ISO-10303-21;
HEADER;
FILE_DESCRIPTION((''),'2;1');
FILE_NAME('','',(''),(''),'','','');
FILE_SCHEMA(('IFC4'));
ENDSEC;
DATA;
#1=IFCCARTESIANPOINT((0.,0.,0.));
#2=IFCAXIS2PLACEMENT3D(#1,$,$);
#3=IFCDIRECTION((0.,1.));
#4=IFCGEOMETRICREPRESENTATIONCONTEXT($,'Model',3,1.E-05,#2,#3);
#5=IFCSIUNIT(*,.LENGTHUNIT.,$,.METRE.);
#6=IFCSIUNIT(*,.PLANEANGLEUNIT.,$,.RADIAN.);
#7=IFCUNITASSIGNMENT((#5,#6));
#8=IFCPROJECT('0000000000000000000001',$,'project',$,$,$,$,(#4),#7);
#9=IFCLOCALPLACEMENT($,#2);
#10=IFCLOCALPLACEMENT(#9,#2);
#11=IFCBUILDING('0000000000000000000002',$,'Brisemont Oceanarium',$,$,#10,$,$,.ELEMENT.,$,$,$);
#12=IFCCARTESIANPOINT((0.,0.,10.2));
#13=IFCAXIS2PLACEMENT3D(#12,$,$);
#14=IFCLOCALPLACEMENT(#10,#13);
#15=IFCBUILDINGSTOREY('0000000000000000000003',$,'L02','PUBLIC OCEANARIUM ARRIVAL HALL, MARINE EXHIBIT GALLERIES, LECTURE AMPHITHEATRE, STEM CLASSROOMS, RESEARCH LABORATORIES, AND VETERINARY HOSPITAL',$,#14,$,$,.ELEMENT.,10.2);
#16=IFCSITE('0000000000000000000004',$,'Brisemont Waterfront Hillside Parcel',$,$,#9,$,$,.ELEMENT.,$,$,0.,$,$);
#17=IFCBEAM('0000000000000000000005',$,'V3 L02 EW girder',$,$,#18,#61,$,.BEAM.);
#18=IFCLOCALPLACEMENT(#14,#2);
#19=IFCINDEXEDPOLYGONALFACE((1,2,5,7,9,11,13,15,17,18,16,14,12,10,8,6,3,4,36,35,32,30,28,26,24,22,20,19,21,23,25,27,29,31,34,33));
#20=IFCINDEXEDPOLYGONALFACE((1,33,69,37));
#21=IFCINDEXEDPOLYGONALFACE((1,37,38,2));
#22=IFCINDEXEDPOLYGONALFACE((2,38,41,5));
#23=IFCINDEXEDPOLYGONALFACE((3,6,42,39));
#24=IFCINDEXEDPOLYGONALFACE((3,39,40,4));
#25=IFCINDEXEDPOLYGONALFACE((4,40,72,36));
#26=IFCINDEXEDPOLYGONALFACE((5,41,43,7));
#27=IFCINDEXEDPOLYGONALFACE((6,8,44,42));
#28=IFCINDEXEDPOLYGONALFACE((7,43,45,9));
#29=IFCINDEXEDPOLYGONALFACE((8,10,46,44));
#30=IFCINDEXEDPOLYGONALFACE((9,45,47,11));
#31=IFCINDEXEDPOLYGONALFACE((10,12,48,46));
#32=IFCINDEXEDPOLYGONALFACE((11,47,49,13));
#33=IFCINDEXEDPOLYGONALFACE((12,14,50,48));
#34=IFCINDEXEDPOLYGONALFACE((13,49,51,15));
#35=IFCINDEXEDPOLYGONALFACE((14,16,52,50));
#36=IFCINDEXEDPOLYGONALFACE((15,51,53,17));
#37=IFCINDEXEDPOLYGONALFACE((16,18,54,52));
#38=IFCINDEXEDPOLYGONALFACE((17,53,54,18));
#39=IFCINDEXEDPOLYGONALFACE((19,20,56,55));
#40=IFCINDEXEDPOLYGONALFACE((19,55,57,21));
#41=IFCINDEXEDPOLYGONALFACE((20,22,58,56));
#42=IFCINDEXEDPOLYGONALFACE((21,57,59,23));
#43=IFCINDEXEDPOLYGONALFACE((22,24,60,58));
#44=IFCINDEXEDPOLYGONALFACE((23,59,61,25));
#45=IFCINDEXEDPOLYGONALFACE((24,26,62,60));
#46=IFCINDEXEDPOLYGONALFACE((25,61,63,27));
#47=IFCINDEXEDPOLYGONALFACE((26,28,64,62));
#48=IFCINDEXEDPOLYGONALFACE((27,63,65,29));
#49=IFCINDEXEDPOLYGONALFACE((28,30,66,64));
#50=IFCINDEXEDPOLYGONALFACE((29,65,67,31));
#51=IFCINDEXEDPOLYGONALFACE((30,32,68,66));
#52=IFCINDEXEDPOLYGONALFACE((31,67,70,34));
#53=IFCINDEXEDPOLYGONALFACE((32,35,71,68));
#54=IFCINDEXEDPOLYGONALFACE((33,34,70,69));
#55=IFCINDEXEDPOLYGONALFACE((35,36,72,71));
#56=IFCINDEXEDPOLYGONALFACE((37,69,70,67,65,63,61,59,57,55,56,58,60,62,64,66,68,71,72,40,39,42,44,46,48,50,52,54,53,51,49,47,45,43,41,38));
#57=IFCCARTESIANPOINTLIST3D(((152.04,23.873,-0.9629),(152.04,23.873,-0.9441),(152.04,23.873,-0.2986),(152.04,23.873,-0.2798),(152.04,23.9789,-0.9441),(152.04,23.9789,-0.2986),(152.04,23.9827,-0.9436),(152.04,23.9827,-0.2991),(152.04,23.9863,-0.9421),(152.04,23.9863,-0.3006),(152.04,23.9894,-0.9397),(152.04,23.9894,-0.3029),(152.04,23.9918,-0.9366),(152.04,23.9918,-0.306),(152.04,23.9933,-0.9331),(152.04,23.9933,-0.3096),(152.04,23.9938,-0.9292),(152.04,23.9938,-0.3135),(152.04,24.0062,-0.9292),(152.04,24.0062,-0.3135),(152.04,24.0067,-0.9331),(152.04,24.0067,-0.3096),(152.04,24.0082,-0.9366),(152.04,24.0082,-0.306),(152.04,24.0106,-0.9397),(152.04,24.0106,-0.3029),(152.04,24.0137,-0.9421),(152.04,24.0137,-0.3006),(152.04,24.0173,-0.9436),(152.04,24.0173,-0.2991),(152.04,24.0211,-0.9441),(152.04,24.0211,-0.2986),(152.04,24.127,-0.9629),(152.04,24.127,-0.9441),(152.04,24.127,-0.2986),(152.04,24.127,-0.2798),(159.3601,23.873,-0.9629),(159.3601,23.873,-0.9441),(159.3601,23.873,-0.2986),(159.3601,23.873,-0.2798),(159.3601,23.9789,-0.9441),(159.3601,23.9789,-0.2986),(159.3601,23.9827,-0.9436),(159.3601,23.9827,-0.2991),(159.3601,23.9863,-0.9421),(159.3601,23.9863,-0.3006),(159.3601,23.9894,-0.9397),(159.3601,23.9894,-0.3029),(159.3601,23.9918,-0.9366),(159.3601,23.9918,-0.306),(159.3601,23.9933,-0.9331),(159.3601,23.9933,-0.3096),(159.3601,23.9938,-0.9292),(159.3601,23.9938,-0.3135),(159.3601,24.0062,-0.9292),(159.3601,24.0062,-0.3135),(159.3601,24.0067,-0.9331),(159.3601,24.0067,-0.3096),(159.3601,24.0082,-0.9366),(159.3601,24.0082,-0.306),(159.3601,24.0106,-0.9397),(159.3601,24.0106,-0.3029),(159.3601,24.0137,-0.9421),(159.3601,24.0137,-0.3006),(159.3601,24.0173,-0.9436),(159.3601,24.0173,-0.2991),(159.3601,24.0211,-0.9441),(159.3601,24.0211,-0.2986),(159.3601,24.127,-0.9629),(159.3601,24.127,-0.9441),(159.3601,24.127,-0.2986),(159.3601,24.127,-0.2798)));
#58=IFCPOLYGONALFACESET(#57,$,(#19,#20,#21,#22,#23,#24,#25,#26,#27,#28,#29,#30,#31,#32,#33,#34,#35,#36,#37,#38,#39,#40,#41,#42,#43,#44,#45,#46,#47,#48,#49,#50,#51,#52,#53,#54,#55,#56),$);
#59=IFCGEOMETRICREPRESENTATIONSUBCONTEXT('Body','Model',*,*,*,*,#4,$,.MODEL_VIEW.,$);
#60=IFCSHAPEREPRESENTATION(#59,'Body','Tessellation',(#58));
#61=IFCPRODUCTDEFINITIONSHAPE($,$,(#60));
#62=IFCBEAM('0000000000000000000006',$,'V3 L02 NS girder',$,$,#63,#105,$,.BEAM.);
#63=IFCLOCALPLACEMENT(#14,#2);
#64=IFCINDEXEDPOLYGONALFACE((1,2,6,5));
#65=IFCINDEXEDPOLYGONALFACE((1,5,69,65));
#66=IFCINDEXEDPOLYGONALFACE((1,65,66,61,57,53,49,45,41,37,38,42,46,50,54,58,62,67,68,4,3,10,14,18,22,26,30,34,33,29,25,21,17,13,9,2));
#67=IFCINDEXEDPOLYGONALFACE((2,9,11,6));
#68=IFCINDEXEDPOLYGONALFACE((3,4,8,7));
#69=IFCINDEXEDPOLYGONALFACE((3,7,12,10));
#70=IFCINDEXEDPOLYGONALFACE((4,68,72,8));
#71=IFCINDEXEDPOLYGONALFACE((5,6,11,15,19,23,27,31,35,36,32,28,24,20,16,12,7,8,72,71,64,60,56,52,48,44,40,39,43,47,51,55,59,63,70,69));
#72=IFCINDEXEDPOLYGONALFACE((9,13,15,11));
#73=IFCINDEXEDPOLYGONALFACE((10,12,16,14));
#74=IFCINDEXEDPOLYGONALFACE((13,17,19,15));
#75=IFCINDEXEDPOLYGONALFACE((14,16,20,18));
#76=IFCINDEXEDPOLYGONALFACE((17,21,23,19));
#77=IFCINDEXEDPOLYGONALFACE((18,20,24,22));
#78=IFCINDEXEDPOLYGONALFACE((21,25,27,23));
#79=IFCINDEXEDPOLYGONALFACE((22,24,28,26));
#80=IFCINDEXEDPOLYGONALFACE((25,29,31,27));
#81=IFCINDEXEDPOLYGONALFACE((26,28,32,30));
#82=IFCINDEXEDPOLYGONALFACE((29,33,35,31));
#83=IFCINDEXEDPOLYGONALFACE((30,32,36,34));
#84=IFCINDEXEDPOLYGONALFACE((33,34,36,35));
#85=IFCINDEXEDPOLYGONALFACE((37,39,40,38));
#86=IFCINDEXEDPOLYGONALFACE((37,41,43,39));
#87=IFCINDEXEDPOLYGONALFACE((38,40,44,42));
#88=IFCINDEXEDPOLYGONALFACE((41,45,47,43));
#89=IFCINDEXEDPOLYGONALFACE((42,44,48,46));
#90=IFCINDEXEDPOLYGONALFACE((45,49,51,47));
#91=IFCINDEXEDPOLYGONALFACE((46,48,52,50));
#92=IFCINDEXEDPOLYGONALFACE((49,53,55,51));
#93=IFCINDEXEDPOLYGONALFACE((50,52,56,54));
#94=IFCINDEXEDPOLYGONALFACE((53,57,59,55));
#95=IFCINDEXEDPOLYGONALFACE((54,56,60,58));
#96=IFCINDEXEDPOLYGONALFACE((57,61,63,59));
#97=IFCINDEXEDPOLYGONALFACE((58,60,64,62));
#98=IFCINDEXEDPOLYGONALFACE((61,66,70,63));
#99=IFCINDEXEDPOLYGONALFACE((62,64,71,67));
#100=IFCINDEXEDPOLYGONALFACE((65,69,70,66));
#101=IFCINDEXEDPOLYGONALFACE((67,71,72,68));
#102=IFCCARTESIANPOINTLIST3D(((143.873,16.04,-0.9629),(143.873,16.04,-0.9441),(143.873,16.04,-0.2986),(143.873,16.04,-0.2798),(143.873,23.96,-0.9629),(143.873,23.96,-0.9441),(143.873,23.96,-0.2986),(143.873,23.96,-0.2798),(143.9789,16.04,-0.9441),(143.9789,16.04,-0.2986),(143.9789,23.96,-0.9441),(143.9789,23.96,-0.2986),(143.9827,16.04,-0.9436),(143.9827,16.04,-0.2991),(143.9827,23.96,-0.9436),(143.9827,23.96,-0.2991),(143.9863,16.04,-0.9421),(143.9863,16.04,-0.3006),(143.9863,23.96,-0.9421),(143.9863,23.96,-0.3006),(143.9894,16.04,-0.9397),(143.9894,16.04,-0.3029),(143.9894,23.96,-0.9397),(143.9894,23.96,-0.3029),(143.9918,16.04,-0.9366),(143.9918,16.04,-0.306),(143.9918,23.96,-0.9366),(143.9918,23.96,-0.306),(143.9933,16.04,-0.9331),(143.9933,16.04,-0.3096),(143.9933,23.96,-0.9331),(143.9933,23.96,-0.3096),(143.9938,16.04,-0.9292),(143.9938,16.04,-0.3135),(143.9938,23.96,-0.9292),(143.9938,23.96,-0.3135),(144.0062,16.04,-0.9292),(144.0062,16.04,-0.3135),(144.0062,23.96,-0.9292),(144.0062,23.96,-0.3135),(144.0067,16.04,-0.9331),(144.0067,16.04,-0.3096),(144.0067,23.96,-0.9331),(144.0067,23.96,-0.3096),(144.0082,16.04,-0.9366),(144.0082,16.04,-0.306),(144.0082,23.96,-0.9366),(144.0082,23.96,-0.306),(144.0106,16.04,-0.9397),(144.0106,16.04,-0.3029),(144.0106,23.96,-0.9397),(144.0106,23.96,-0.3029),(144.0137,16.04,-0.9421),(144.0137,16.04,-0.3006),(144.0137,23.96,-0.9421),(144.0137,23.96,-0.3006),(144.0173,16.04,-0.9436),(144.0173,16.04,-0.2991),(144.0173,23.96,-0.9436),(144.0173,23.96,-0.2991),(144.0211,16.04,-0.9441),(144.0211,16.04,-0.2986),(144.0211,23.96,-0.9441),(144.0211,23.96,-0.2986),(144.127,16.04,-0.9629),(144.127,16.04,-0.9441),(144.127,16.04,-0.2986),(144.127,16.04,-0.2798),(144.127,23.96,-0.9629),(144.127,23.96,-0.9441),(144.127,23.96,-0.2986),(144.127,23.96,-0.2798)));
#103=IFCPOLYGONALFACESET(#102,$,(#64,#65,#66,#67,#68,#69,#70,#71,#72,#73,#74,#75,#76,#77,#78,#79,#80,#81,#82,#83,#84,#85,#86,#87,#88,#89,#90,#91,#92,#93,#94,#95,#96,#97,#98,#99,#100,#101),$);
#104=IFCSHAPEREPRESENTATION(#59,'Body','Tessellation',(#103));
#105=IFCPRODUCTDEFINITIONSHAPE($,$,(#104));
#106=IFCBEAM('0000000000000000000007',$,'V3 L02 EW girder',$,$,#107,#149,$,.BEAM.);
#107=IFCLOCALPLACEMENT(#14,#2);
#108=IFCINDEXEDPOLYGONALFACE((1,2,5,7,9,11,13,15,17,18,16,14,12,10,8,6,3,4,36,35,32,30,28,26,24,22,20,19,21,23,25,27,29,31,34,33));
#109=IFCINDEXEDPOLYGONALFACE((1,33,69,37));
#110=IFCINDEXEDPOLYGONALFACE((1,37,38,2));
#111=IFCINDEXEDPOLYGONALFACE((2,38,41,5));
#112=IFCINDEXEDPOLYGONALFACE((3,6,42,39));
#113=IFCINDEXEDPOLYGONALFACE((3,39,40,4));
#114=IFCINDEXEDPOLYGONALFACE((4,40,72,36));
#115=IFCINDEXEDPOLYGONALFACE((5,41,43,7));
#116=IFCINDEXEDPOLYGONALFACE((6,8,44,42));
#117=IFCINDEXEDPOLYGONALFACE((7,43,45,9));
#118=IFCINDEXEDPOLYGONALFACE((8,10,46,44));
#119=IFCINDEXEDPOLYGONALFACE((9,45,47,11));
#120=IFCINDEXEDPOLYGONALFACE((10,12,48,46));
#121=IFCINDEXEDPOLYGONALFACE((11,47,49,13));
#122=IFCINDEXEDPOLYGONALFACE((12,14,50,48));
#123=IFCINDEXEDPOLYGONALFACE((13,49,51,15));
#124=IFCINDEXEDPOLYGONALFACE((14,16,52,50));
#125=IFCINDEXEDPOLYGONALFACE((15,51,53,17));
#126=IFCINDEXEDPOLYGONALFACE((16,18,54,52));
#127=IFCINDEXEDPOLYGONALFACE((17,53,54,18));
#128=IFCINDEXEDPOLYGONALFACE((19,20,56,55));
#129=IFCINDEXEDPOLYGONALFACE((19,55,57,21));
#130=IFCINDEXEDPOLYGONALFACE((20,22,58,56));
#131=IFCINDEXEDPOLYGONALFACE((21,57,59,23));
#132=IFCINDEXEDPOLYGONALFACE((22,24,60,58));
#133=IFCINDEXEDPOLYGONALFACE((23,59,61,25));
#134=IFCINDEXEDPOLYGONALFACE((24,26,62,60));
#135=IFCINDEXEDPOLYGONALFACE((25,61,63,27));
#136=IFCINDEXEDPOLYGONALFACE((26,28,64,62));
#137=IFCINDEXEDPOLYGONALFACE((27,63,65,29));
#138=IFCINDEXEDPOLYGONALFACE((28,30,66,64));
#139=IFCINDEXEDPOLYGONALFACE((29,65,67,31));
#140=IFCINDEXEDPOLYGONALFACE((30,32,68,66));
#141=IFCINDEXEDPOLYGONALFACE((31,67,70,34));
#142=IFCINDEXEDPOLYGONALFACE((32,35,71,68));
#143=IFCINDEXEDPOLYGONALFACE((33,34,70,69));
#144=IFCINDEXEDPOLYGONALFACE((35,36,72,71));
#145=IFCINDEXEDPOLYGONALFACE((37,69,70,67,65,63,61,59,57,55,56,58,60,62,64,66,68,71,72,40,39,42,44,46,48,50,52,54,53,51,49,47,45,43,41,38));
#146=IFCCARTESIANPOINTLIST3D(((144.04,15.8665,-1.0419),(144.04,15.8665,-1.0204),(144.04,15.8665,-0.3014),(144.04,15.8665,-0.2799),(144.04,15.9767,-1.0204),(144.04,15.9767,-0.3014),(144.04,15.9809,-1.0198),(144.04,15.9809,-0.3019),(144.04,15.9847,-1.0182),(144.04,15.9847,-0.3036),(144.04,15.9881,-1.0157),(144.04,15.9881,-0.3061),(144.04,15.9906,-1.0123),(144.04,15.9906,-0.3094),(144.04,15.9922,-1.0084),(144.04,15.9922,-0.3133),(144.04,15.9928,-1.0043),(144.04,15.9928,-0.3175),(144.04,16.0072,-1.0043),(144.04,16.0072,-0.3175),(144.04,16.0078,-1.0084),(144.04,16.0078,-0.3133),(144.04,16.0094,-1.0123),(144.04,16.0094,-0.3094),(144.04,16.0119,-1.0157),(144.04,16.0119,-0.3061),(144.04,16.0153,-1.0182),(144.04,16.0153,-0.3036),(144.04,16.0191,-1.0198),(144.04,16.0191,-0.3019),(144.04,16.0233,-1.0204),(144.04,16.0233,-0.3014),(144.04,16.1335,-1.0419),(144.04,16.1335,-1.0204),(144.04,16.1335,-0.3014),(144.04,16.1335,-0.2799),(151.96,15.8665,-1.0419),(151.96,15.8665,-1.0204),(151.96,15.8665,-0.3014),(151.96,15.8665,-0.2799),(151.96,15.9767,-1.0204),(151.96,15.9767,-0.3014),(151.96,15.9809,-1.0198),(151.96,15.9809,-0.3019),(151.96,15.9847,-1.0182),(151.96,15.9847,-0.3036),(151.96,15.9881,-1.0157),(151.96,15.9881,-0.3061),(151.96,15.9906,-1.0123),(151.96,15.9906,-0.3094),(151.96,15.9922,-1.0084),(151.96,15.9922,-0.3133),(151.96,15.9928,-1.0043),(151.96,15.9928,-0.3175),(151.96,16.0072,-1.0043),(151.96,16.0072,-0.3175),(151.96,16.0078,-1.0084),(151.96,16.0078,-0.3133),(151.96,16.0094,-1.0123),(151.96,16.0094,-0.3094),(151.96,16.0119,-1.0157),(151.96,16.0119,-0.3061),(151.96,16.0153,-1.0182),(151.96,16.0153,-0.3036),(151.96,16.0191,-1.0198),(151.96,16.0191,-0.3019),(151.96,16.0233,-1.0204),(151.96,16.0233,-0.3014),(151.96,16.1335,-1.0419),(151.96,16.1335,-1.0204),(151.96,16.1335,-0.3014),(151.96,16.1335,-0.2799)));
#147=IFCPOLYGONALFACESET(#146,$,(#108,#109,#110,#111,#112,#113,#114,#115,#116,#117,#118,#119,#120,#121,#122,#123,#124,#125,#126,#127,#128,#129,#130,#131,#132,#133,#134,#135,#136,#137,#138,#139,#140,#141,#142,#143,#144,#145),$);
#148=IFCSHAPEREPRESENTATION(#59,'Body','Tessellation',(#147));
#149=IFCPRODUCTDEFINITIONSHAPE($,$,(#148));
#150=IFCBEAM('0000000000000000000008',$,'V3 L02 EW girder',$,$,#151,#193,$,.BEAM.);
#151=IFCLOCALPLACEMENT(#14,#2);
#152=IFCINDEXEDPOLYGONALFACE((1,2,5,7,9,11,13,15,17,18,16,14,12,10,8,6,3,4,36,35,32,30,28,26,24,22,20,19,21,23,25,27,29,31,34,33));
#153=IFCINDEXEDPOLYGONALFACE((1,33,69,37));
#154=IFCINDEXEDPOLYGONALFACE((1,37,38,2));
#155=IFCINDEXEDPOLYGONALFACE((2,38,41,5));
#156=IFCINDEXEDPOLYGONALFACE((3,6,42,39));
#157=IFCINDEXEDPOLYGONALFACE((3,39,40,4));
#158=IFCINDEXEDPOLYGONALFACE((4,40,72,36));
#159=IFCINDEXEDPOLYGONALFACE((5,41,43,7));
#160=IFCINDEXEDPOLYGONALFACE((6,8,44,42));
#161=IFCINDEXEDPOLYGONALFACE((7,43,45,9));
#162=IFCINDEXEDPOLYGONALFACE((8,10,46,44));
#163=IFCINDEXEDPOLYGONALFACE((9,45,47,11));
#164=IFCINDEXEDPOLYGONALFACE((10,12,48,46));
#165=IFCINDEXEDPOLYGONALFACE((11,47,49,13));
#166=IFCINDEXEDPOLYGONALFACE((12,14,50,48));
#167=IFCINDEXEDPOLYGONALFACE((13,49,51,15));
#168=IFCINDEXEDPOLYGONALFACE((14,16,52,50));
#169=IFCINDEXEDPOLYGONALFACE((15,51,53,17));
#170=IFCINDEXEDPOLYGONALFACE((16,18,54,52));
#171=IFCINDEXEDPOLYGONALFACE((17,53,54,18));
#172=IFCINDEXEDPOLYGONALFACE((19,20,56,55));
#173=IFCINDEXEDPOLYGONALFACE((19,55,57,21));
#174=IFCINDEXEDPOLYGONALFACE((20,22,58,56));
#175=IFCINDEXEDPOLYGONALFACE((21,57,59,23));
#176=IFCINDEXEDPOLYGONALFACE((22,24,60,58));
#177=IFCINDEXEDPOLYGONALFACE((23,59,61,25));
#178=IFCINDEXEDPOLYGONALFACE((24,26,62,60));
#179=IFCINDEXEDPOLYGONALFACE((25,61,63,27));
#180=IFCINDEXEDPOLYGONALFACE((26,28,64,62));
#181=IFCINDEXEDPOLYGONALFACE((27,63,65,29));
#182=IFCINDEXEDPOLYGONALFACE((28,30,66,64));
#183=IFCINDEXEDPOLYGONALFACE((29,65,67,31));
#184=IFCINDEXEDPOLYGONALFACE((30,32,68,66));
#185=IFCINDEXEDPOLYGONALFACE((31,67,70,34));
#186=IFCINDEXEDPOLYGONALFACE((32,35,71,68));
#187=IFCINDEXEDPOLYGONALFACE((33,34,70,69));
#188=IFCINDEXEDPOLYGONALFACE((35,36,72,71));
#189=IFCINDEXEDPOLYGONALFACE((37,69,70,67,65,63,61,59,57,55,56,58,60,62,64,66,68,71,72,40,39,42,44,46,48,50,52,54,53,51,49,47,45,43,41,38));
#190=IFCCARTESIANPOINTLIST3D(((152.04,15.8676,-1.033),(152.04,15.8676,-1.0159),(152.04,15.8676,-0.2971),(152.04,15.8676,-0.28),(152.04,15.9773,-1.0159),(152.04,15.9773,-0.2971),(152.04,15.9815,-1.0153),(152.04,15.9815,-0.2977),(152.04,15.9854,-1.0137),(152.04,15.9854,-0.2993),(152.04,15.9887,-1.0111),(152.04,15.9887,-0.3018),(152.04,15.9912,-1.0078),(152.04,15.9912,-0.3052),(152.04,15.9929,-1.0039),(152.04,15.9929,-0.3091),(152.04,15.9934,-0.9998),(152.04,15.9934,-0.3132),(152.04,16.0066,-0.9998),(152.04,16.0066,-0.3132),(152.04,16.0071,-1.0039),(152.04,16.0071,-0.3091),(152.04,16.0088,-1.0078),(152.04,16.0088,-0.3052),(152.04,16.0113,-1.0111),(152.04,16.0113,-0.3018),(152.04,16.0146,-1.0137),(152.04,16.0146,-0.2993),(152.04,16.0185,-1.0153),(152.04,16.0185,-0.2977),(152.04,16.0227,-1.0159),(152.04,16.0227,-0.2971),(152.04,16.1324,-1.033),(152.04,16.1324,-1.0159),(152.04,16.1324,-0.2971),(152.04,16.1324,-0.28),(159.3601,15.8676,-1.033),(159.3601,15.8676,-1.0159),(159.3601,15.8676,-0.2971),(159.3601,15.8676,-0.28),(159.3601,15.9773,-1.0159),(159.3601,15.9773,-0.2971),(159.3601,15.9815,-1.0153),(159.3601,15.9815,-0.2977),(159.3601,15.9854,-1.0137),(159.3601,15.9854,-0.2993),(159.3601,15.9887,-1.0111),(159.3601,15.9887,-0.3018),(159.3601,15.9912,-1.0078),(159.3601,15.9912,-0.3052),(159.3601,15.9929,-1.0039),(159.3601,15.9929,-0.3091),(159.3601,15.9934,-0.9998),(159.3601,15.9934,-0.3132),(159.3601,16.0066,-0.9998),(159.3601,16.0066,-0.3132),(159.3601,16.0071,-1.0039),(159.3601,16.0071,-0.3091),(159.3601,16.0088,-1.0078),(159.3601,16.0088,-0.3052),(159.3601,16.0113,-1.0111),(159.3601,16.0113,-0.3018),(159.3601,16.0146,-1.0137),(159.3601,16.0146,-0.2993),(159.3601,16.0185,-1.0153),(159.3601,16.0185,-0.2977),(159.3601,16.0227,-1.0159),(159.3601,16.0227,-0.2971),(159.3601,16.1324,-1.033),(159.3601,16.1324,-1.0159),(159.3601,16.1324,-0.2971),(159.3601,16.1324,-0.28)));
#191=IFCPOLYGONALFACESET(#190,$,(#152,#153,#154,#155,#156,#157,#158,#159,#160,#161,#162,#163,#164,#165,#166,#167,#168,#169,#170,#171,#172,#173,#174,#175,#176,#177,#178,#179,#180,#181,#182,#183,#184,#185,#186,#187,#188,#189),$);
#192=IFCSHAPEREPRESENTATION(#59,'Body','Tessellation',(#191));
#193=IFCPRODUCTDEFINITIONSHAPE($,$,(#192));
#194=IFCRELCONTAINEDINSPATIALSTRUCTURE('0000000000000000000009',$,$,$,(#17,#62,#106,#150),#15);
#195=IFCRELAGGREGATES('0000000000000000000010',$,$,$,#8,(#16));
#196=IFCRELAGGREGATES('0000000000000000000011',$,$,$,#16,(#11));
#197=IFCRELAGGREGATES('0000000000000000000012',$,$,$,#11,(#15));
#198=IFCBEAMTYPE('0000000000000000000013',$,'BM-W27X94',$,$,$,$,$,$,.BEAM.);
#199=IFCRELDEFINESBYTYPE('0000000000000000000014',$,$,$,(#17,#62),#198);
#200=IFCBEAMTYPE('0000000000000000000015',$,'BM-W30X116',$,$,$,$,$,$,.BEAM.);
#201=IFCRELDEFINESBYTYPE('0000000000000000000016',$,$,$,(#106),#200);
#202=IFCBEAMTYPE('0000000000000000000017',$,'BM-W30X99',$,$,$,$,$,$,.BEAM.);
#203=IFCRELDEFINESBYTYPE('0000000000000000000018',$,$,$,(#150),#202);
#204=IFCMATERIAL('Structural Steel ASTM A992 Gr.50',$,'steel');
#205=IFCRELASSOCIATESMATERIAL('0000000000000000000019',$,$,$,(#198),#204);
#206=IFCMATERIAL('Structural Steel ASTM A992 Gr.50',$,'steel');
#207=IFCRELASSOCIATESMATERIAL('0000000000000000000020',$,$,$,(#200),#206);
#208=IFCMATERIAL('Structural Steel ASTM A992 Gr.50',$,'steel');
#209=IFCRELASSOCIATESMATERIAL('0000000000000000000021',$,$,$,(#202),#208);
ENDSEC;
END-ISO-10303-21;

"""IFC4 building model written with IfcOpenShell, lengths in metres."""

from ifc_helpers import new_model, si_unit, direction, frame, origin, origin_2d, place, context, subcontext, project, spatial, i_section, extrude, material, material_profile, profile_set, type_object, element, save


model = new_model("IFC4")

# Units and contexts
model_context = context("Model", 3, precision=1e-05, world=origin(), true_north=direction((0.0, 1.0)))
body_context = subcontext(model_context, "Body", "Model", "MODEL_VIEW")
ifc_project = project(units=[si_unit("LENGTHUNIT", "METRE"), si_unit("PLANEANGLEUNIT", "RADIAN")], contexts=[model_context])

# Site, building, storey
site_placement = place(None, origin())
site = spatial("IfcSite", under=ifc_project, at=site_placement, Name="Brisemont Waterfront Hillside Parcel", CompositionType="ELEMENT", RefElevation=0.0)
building_placement = place(site_placement, origin())
building = spatial("IfcBuilding", under=site, at=building_placement, Name="Brisemont Oceanarium", CompositionType="ELEMENT")
storey_placement = place(building_placement, frame((0.0, 0.0, 10.2)))
storey = spatial("IfcBuildingStorey", under=building, at=storey_placement, Name="L02", Description="PUBLIC OCEANARIUM ARRIVAL HALL, MARINE EXHIBIT GALLERIES, LECTURE AMPHITHEATRE, STEM CLASSROOMS, RESEARCH LABORATORIES, AND VETERINARY HOSPITAL", CompositionType="ELEMENT", Elevation=10.2)

# Beams
ifc_material_1 = material(Name="Structural Steel ASTM A992 Gr.50", Category="steel")
ifc_material_profile_1 = material_profile(ifc_material_1, i_section(OverallWidth=0.2539, OverallDepth=0.6831, WebThickness=0.0125, FlangeThickness=0.0188, FilletRadius=0.0149, at=origin_2d()), Name="W27X94")
ifc_profile_set_1 = profile_set([ifc_material_profile_1], Name="Structural Steel ASTM A992 Gr.50")
beam_type_1 = type_object("IfcBeamType", Name="BM-W27X94", PredefinedType="BEAM", material=ifc_profile_set_1)
beam_1_placement = place(storey_placement, frame((152.04, 24.0, -0.6213), z_axis=(1.0, 0.0, 0.0), x_axis=(0.0, 1.0, 0.0)))
element("IfcBeam", 1, at=beam_1_placement, inside=storey, type_object=beam_type_1, Name="V3 L02 EW girder", PredefinedType="BEAM", context=body_context, shape_type="SweptSolid", body=[
    extrude(i_section(OverallWidth=0.2539, OverallDepth=0.6831, WebThickness=0.0125, FlangeThickness=0.0188, FilletRadius=0.0149, at=origin_2d()), origin(), (0.0, 0.0, 1.0), 7.3201),
])
beam_2_placement = place(storey_placement, frame((144.0, 16.04, -0.6213), z_axis=(0.0, 1.0, 0.0), x_axis=(-1.0, 0.0, 0.0)))
element("IfcBeam", 2, at=beam_2_placement, inside=storey, type_object=beam_type_1, Name="V3 L02 NS girder", PredefinedType="BEAM", context=body_context, shape_type="SweptSolid", body=[
    extrude(i_section(OverallWidth=0.2539, OverallDepth=0.6831, WebThickness=0.0125, FlangeThickness=0.0188, FilletRadius=0.0149, at=origin_2d()), origin(), (0.0, 0.0, 1.0), 7.9199),
])
ifc_material_2 = material(Name="Structural Steel ASTM A992 Gr.50", Category="steel")
ifc_material_profile_2 = material_profile(ifc_material_2, i_section(OverallWidth=0.2671, OverallDepth=0.762, WebThickness=0.0144, FlangeThickness=0.0215, FilletRadius=0.0161, at=origin_2d()), Name="W30X116")
ifc_profile_set_2 = profile_set([ifc_material_profile_2], Name="Structural Steel ASTM A992 Gr.50")
beam_type_2 = type_object("IfcBeamType", Name="BM-W30X116", PredefinedType="BEAM", material=ifc_profile_set_2)
beam_3_placement = place(storey_placement, frame((144.04, 16.0, -0.6609), z_axis=(1.0, 0.0, 0.0), x_axis=(0.0, 1.0, 0.0)))
element("IfcBeam", 3, at=beam_3_placement, inside=storey, type_object=beam_type_2, Name="V3 L02 EW girder", PredefinedType="BEAM", context=body_context, shape_type="SweptSolid", body=[
    extrude(i_section(OverallWidth=0.2671, OverallDepth=0.762, WebThickness=0.0144, FlangeThickness=0.0215, FilletRadius=0.0161, at=origin_2d()), origin(), (0.0, 0.0, 1.0), 7.9199),
])
ifc_material_3 = material(Name="Structural Steel ASTM A992 Gr.50", Category="steel")
ifc_material_profile_3 = material_profile(ifc_material_3, i_section(OverallWidth=0.2649, OverallDepth=0.7529, WebThickness=0.0132, FlangeThickness=0.0171, FilletRadius=0.0161, at=origin_2d()), Name="W30X99")
ifc_profile_set_3 = profile_set([ifc_material_profile_3], Name="Structural Steel ASTM A992 Gr.50")
beam_type_3 = type_object("IfcBeamType", Name="BM-W30X99", PredefinedType="BEAM", material=ifc_profile_set_3)
beam_4_placement = place(storey_placement, frame((152.04, 16.0, -0.6565), z_axis=(1.0, 0.0, 0.0), x_axis=(0.0, 1.0, 0.0)))
element("IfcBeam", 4, at=beam_4_placement, inside=storey, type_object=beam_type_3, Name="V3 L02 EW girder", PredefinedType="BEAM", context=body_context, shape_type="SweptSolid", body=[
    extrude(i_section(OverallWidth=0.2649, OverallDepth=0.7529, WebThickness=0.0132, FlangeThickness=0.0171, FilletRadius=0.0161, at=origin_2d()), origin(), (0.0, 0.0, 1.0), 7.3201),
])

save(model, "model.ifc")
